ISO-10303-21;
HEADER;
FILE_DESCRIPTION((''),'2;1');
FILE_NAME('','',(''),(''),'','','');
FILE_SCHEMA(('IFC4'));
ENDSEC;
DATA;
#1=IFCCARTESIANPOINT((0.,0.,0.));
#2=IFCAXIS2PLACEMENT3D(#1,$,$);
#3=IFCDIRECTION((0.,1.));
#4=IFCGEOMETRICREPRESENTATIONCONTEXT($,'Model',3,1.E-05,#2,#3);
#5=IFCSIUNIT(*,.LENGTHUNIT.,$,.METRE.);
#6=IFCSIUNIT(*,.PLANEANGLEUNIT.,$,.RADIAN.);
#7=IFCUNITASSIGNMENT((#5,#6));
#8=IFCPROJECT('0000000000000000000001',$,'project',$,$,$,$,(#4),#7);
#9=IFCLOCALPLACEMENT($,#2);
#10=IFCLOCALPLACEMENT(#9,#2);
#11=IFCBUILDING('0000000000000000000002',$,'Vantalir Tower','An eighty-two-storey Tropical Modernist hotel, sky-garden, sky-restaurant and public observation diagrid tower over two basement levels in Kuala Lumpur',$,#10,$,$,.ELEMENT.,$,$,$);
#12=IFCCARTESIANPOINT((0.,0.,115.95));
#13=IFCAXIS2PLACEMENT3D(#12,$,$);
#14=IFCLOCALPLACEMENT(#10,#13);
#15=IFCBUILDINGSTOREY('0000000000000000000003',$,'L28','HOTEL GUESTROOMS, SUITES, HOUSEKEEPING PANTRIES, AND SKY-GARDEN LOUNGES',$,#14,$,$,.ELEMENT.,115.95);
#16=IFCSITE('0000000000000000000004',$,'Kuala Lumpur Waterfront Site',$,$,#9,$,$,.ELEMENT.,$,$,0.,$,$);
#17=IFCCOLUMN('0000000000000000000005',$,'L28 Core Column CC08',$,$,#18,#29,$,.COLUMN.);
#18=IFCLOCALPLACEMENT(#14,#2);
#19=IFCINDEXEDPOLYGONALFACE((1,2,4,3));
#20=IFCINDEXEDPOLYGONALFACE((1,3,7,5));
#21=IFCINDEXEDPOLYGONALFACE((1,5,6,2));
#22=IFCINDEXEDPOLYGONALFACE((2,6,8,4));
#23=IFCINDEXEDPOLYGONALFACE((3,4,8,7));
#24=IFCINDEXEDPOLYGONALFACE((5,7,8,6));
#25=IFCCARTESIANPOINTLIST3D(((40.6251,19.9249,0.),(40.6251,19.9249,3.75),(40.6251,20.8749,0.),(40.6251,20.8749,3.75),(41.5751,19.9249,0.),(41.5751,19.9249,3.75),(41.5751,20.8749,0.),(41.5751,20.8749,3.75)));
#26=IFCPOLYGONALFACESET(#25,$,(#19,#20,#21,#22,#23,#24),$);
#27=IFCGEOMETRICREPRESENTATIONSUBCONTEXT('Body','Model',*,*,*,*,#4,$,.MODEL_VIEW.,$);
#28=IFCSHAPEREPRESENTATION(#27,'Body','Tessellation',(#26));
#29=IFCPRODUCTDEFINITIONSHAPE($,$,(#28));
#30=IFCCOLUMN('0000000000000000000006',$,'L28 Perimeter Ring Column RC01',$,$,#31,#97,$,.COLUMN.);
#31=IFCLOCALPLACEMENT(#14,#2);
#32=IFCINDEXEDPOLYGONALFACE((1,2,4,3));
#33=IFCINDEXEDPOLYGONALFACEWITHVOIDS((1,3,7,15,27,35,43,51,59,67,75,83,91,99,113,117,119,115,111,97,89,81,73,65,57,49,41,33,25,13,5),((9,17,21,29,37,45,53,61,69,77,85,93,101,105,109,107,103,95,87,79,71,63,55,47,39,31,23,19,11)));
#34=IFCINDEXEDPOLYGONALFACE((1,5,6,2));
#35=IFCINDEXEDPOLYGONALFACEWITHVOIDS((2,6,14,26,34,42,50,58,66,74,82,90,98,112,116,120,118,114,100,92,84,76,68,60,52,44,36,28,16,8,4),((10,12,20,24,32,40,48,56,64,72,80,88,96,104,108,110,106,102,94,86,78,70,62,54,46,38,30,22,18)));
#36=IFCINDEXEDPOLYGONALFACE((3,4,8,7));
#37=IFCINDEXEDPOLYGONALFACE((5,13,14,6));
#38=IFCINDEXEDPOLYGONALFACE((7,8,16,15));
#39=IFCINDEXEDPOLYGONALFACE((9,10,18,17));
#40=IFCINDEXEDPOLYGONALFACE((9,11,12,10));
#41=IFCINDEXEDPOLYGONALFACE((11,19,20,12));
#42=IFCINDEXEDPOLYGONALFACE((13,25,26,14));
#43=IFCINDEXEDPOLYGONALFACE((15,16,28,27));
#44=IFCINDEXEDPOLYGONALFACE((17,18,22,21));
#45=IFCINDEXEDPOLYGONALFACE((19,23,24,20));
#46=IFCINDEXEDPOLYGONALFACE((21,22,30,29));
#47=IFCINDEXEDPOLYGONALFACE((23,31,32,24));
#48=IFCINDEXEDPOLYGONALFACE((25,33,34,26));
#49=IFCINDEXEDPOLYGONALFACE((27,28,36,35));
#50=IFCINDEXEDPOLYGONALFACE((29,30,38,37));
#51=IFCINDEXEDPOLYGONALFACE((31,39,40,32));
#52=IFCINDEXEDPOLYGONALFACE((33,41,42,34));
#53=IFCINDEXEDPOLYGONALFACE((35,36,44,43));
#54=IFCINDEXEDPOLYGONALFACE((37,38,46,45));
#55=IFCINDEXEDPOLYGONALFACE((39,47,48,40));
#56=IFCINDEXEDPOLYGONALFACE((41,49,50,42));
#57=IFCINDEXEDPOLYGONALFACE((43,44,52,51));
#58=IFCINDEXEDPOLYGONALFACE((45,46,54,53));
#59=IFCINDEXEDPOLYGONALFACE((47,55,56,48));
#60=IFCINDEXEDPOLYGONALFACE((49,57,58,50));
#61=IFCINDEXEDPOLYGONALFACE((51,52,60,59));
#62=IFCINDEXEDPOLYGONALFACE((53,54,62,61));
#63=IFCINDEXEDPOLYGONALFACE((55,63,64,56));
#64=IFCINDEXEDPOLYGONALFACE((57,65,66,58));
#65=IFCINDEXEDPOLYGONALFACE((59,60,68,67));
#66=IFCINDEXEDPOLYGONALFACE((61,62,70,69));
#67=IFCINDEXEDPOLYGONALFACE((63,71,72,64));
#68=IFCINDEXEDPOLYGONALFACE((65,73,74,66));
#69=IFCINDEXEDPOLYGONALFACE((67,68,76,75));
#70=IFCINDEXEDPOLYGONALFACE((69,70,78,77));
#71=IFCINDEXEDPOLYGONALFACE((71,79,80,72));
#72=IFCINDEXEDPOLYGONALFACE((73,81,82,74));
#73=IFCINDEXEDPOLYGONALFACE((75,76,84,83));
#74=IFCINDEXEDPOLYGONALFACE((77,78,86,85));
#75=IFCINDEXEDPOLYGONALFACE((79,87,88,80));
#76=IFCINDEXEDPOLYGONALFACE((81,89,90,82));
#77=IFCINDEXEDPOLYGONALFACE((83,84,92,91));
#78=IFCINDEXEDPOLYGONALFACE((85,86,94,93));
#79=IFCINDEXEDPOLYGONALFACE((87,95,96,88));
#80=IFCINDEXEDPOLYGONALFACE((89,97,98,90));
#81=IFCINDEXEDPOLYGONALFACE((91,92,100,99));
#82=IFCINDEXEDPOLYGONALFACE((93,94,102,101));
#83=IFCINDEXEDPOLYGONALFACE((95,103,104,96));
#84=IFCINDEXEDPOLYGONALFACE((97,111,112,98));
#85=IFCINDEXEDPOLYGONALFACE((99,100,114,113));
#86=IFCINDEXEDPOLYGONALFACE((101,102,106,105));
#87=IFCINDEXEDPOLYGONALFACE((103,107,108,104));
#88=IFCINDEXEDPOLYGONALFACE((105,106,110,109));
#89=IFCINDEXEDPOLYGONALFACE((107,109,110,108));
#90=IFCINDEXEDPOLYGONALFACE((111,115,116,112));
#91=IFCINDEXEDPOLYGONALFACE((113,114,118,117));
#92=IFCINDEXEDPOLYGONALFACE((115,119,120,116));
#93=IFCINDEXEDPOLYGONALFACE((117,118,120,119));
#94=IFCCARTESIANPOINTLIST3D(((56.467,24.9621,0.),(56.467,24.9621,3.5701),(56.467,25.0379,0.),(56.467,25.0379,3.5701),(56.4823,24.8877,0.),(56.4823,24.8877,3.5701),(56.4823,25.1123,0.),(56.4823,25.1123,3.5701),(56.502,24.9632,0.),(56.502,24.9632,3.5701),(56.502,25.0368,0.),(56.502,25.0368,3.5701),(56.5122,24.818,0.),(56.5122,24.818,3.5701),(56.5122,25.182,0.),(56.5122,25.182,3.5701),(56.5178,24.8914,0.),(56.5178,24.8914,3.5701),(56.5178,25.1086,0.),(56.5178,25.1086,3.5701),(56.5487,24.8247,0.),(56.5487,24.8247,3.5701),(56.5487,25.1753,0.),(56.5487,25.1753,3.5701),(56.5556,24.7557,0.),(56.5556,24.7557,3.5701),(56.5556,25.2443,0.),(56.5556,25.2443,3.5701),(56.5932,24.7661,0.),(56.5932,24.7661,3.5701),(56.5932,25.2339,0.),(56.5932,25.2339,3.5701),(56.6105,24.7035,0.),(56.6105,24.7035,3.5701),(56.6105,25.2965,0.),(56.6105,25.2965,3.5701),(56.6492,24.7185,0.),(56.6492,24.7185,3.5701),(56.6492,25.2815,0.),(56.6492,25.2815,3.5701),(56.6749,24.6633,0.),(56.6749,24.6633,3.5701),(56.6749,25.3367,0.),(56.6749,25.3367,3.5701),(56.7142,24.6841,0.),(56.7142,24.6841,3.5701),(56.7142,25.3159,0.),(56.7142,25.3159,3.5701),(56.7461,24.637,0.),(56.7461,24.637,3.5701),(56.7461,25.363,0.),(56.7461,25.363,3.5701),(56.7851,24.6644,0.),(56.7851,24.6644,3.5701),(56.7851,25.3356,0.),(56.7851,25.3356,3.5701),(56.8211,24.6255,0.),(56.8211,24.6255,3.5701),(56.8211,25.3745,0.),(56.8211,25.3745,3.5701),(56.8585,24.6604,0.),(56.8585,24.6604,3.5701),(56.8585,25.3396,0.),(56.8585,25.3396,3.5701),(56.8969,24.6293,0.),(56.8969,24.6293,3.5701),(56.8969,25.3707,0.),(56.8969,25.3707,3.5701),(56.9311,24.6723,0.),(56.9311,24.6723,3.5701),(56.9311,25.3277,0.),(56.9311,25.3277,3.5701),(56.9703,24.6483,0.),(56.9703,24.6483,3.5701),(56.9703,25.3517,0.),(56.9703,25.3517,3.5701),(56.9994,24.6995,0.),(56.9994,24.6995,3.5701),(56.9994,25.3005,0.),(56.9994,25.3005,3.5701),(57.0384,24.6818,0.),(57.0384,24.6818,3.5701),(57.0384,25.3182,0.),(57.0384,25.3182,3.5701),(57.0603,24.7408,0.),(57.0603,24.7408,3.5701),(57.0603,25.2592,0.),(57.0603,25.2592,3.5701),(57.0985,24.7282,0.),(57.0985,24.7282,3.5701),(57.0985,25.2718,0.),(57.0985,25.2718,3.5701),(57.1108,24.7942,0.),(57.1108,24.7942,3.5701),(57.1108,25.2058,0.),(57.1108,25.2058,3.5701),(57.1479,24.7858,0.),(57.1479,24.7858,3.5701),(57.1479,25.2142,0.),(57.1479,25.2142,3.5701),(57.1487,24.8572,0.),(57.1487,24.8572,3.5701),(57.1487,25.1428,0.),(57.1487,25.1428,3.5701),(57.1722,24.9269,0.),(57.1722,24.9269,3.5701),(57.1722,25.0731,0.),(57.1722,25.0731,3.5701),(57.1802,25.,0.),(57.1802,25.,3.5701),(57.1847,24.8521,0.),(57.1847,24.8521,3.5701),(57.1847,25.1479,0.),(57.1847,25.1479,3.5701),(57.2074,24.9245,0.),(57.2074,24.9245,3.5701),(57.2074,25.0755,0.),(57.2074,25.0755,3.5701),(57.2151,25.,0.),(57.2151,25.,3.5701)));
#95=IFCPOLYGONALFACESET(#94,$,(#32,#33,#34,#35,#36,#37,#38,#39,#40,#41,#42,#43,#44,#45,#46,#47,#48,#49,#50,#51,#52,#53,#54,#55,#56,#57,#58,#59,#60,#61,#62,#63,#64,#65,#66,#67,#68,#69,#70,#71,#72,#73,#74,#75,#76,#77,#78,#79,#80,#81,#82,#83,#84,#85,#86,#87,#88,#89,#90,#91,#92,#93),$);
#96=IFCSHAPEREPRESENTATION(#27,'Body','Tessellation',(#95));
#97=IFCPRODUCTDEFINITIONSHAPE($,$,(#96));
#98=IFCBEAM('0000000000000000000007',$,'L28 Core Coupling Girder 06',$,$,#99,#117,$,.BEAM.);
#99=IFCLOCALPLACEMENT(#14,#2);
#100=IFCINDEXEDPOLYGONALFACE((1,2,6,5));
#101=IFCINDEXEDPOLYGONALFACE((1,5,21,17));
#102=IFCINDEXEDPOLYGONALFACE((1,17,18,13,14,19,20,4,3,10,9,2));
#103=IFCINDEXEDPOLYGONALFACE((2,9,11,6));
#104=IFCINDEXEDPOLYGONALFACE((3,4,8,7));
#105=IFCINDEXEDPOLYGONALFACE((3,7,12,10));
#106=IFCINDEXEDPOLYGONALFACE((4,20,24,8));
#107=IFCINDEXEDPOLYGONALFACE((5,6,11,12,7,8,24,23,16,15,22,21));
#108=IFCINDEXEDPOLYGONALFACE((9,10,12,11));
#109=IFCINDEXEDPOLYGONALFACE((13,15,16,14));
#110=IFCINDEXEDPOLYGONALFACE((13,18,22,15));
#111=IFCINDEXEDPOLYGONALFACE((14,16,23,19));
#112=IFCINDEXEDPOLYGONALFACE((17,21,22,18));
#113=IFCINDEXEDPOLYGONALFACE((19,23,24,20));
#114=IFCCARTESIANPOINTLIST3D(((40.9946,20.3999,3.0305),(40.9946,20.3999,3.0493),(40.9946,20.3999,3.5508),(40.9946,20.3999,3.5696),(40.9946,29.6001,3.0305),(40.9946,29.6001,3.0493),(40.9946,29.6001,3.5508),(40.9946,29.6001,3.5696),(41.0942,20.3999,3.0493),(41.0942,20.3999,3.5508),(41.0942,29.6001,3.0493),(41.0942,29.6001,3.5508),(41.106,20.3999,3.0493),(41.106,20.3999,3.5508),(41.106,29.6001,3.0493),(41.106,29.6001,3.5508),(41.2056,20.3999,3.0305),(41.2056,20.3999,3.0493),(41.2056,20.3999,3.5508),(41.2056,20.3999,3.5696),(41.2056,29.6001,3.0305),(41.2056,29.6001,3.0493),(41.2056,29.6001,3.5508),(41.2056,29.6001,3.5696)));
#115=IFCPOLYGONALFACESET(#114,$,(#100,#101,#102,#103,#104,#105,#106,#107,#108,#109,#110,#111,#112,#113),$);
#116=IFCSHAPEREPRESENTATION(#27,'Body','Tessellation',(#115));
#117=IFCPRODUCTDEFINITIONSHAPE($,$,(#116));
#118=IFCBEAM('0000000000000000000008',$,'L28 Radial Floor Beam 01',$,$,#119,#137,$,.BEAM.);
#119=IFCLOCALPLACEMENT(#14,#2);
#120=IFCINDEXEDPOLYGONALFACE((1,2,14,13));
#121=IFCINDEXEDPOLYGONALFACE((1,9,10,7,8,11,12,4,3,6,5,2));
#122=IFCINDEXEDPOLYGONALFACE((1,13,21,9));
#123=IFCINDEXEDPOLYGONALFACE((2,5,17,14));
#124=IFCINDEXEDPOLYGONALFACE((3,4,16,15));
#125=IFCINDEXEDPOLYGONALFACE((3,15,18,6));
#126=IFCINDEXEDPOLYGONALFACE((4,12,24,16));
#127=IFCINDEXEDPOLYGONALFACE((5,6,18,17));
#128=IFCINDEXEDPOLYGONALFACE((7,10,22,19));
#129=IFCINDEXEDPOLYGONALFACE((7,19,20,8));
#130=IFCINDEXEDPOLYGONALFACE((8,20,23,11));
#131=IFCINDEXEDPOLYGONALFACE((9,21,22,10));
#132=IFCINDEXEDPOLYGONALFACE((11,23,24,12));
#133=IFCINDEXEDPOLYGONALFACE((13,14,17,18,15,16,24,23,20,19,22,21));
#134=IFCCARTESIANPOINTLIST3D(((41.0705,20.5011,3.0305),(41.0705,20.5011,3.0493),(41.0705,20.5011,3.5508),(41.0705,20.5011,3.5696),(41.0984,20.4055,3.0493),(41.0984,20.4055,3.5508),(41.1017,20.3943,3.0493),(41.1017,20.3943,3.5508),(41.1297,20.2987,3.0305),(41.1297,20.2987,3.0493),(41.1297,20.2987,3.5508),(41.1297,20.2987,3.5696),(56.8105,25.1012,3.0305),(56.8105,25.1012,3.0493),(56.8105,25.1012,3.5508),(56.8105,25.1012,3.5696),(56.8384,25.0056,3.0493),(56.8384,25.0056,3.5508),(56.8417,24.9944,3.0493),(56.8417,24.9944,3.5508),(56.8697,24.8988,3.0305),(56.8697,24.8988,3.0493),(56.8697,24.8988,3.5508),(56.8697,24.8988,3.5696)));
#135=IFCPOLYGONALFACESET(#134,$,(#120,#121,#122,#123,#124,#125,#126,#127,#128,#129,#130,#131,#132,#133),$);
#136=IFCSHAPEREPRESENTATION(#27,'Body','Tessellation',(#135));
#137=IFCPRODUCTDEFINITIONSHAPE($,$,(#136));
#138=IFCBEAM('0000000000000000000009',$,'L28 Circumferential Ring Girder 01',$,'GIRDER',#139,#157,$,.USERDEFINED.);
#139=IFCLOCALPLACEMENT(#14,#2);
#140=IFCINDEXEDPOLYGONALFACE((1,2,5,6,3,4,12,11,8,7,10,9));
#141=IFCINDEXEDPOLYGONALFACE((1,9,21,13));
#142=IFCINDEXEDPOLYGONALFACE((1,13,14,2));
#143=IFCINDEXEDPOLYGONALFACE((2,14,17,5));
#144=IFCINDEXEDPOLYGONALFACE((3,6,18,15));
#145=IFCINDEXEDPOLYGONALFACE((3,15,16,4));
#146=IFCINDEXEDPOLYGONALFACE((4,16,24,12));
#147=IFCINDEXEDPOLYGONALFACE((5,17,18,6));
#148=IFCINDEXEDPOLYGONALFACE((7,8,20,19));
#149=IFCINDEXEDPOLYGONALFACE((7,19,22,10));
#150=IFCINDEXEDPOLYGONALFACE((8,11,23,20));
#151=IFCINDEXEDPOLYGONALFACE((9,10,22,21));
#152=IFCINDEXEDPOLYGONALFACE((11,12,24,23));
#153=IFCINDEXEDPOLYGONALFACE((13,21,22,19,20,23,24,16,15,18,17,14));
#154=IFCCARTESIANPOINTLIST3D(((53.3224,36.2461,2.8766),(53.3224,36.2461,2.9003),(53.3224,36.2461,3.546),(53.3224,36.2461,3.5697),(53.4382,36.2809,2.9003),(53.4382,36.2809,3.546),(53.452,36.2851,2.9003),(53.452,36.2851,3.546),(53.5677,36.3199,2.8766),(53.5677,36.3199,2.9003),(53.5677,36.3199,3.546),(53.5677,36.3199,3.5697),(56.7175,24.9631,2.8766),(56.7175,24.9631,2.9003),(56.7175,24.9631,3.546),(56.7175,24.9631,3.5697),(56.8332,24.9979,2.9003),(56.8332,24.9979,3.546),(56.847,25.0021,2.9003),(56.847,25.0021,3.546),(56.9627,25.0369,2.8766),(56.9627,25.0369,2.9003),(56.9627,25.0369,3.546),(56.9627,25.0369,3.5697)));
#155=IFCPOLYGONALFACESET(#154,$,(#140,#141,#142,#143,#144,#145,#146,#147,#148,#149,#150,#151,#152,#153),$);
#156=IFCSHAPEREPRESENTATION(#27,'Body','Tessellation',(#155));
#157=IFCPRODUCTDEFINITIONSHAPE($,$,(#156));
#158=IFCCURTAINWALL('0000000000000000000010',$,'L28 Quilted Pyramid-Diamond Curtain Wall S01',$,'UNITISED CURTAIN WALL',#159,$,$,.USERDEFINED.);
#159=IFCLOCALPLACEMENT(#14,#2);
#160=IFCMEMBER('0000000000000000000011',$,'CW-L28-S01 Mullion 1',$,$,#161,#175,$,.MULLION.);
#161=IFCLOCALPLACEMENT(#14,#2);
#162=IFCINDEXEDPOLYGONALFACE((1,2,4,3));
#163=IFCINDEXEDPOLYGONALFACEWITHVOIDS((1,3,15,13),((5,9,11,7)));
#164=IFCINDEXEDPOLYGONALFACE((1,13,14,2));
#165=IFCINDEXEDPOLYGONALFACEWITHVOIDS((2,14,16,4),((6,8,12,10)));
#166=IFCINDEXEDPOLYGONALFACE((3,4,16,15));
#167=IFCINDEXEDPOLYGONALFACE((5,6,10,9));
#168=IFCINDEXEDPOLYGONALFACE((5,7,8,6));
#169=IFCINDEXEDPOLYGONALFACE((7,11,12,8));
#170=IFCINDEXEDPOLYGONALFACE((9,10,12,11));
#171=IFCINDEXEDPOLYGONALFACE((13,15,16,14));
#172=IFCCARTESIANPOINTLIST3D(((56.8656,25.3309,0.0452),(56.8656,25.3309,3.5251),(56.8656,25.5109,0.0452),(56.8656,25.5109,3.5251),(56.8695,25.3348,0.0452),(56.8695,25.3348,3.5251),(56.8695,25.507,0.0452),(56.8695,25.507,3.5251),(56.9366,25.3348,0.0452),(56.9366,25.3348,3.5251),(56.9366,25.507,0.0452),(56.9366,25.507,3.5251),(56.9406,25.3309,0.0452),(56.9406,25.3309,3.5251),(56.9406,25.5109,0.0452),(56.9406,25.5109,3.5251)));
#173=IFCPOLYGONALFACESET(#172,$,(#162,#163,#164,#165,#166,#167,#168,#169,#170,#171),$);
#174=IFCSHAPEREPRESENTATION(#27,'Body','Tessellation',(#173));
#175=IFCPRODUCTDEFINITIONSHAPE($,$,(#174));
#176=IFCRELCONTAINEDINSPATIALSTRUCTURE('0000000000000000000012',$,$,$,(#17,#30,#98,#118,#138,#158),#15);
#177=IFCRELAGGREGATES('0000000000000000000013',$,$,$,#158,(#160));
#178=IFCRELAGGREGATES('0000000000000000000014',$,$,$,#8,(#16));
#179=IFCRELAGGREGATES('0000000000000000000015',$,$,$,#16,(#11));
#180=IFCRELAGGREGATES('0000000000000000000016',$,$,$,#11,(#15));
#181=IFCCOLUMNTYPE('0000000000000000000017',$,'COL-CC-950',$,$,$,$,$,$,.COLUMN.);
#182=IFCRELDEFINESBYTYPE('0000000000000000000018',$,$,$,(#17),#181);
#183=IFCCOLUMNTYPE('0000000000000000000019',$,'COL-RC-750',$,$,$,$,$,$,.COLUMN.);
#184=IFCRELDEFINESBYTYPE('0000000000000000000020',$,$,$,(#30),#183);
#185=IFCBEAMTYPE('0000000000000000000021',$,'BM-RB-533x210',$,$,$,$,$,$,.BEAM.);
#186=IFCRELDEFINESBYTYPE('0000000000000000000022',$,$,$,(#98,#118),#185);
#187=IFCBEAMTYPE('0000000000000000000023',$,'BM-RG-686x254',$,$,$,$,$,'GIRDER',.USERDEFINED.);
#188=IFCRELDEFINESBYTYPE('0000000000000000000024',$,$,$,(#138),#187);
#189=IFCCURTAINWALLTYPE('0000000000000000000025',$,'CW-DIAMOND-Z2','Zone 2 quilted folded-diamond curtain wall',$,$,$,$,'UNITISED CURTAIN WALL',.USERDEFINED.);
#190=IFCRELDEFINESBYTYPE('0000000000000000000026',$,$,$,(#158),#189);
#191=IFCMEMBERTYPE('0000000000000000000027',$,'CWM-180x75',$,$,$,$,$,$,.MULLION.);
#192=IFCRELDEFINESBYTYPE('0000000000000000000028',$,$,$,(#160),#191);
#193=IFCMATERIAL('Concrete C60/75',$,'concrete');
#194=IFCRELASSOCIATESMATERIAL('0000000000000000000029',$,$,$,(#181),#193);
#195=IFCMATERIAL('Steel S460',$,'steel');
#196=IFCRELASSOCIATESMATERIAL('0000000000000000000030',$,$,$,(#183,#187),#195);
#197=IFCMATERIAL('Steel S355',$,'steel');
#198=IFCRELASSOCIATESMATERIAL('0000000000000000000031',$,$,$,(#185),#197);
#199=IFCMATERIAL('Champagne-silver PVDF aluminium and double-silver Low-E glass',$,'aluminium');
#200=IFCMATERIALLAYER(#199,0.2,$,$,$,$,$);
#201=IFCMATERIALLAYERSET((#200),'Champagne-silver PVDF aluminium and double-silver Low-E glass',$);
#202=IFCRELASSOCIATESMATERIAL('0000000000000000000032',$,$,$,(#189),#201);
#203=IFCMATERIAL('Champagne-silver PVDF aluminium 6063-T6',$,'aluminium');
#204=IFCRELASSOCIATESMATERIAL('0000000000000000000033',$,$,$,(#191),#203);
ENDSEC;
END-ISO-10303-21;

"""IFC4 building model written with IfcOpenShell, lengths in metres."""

from ifc_helpers import new_model, si_unit, direction, frame, origin, origin_2d, place, context, subcontext, project, spatial, rectangle, hollow_rectangle, hollow_circle, i_section, extrude, material, layer, layer_set, material_profile, profile_set, type_object, element, aggregate, save


model = new_model("IFC4")

# Units and contexts
model_context = context("Model", 3, precision=1e-05, world=origin(), true_north=direction((0.0, 1.0)))
body_context = subcontext(model_context, "Body", "Model", "MODEL_VIEW")
ifc_project = project(units=[si_unit("LENGTHUNIT", "METRE"), si_unit("PLANEANGLEUNIT", "RADIAN")], contexts=[model_context])

# Site, building, storey
site_placement = place(None, origin())
site = spatial("IfcSite", under=ifc_project, at=site_placement, Name="Kuala Lumpur Waterfront Site", CompositionType="ELEMENT", RefElevation=0.0)
building_placement = place(site_placement, origin())
building = spatial("IfcBuilding", under=site, at=building_placement, Name="Vantalir Tower", Description="An eighty-two-storey Tropical Modernist hotel, sky-garden, sky-restaurant and public observation diagrid tower over two basement levels in Kuala Lumpur", CompositionType="ELEMENT")
storey_placement = place(building_placement, frame((0.0, 0.0, 115.95)))
storey = spatial("IfcBuildingStorey", under=building, at=storey_placement, Name="L28", Description="HOTEL GUESTROOMS, SUITES, HOUSEKEEPING PANTRIES, AND SKY-GARDEN LOUNGES", CompositionType="ELEMENT", Elevation=115.95)

# Columns
ifc_material_1 = material(Name="Concrete C60/75", Category="concrete")
ifc_material_profile_1 = material_profile(ifc_material_1, rectangle(XDim=0.95, YDim=0.95, at=origin_2d()), Name="Concrete C60/75")
ifc_profile_set_1 = profile_set([ifc_material_profile_1], Name="Concrete C60/75")
column_type_1 = type_object("IfcColumnType", Name="COL-CC-950", PredefinedType="COLUMN", material=ifc_profile_set_1)
column_1_placement = place(storey_placement, frame((41.1001, 20.3999, 0.0), z_axis=(0.0, 0.0, 1.0), x_axis=(1.0, 0.0, 0.0)))
element("IfcColumn", 1, at=column_1_placement, inside=storey, type_object=column_type_1, Name="L28 Core Column CC08", PredefinedType="COLUMN", context=body_context, shape_type="SweptSolid", body=[
    extrude(rectangle(XDim=0.95, YDim=0.95, at=origin_2d()), origin(), (0.0, 0.0, 1.0), 3.75),
])
ifc_material_2 = material(Name="Steel S460", Category="steel")
ifc_material_profile_2 = material_profile(ifc_material_2, hollow_circle(Radius=0.375, WallThickness=0.0349, at=origin_2d()), Name="Steel S460")
ifc_profile_set_2 = profile_set([ifc_material_profile_2], Name="Steel S460")
column_type_2 = type_object("IfcColumnType", Name="COL-RC-750", PredefinedType="COLUMN", material=ifc_profile_set_2)
column_2_placement = place(storey_placement, frame((56.8401, 25.0, 0.0), z_axis=(0.0, 0.0, 1.0), x_axis=(1.0, 0.0, 0.0)))
element("IfcColumn", 2, at=column_2_placement, inside=storey, type_object=column_type_2, Name="L28 Perimeter Ring Column RC01", PredefinedType="COLUMN", context=body_context, shape_type="SweptSolid", body=[
    extrude(hollow_circle(Radius=0.375, WallThickness=0.0349, at=origin_2d()), origin(), (0.0, 0.0, 1.0), 3.5701),
])

# Beams
ifc_material_3 = material(Name="Steel S355", Category="steel")
ifc_material_profile_3 = material_profile(ifc_material_3, i_section(OverallWidth=0.2109, OverallDepth=0.5391, WebThickness=0.0117, FlangeThickness=0.0188, at=origin_2d()), Name="Steel S355")
ifc_profile_set_3 = profile_set([ifc_material_profile_3], Name="Steel S355")
beam_type_1 = type_object("IfcBeamType", Name="BM-RB-533x210", PredefinedType="BEAM", material=ifc_profile_set_3)
beam_1_placement = place(storey_placement, frame((41.1001, 20.3999, 3.3), z_axis=(0.0, 1.0, 0.0), x_axis=(-1.0, 0.0, 0.0)))
element("IfcBeam", 3, at=beam_1_placement, inside=storey, type_object=beam_type_1, Name="L28 Core Coupling Girder 06", PredefinedType="BEAM", context=body_context, shape_type="SweptSolid", body=[
    extrude(i_section(OverallWidth=0.2109, OverallDepth=0.5391, WebThickness=0.0117, FlangeThickness=0.0188, at=origin_2d()), origin(), (0.0, 0.0, 1.0), 9.2002),
])
beam_2_placement = place(storey_placement, frame((56.8401, 25.0, 3.3), z_axis=(-0.959848, -0.280521, 0.0), x_axis=(0.280521, -0.959848, 0.0)))
element("IfcBeam", 4, at=beam_2_placement, inside=storey, type_object=beam_type_1, Name="L28 Radial Floor Beam 01", PredefinedType="BEAM", context=body_context, shape_type="SweptSolid", body=[
    extrude(i_section(OverallWidth=0.2109, OverallDepth=0.5391, WebThickness=0.0117, FlangeThickness=0.0188, at=origin_2d()), origin(), (0.0, 0.0, 1.0), 16.3984),
])
ifc_material_profile_4 = material_profile(ifc_material_2, i_section(OverallWidth=0.2561, OverallDepth=0.6931, WebThickness=0.0144, FlangeThickness=0.0237, at=origin_2d()), Name="Steel S460")
ifc_profile_set_4 = profile_set([ifc_material_profile_4], Name="Steel S460")
beam_type_2 = type_object("IfcBeamType", Name="BM-RG-686x254", ElementType="GIRDER", PredefinedType="USERDEFINED", material=ifc_profile_set_4)
beam_3_placement = place(storey_placement, frame((56.8401, 25.0, 3.2231), z_axis=(-0.288137, 0.957589, 0.0), x_axis=(-0.957589, -0.288137, 0.0)))
element("IfcBeam", 5, at=beam_3_placement, inside=storey, type_object=beam_type_2, Name="L28 Circumferential Ring Girder 01", ObjectType="GIRDER", PredefinedType="USERDEFINED", context=body_context, shape_type="SweptSolid", body=[
    extrude(i_section(OverallWidth=0.2561, OverallDepth=0.6931, WebThickness=0.0144, FlangeThickness=0.0237, at=origin_2d()), origin(), (0.0, 0.0, 1.0), 11.7827),
])

# Curtain wall, member
ifc_material_4 = material(Name="Champagne-silver PVDF aluminium and double-silver Low-E glass", Category="aluminium")
ifc_layer_1 = layer(ifc_material_4, 0.2)
ifc_layer_set_1 = layer_set([ifc_layer_1], Name="Champagne-silver PVDF aluminium and double-silver Low-E glass")
curtain_wall_type = type_object("IfcCurtainWallType", Name="CW-DIAMOND-Z2", Description="Zone 2 quilted folded-diamond curtain wall", ElementType="UNITISED CURTAIN WALL", PredefinedType="USERDEFINED", material=ifc_layer_set_1)
curtain_wall_1_placement = place(storey_placement, origin())
curtain_wall_1 = element("IfcCurtainWall", 6, at=curtain_wall_1_placement, inside=storey, type_object=curtain_wall_type, Name="L28 Quilted Pyramid-Diamond Curtain Wall S01", ObjectType="UNITISED CURTAIN WALL", PredefinedType="USERDEFINED")
ifc_material_5 = material(Name="Champagne-silver PVDF aluminium 6063-T6", Category="aluminium")
ifc_material_profile_5 = material_profile(ifc_material_5, hollow_rectangle(XDim=0.075, YDim=0.1799, WallThickness=0.0039, at=origin_2d()), Name="Champagne-silver PVDF aluminium 6063-T6")
ifc_profile_set_5 = profile_set([ifc_material_profile_5], Name="Champagne-silver PVDF aluminium 6063-T6")
member_type_1 = type_object("IfcMemberType", Name="CWM-180x75", PredefinedType="MULLION", material=ifc_profile_set_5)
member_1_placement = place(storey_placement, frame((56.9031, 25.4209, 0.0452), z_axis=(0.0, 0.0, 1.0), x_axis=(1.0, 0.0, 0.0)))
member_1 = element("IfcMember", 7, at=member_1_placement, type_object=member_type_1, Name="CW-L28-S01 Mullion 1", PredefinedType="MULLION", context=body_context, shape_type="SweptSolid", body=[
    extrude(hollow_rectangle(XDim=0.075, YDim=0.1799, WallThickness=0.0039, at=origin_2d()), origin(), (0.0, 0.0, 1.0), 3.48),
])

aggregate(curtain_wall_1, [member_1])

save(model, "model.ifc")
